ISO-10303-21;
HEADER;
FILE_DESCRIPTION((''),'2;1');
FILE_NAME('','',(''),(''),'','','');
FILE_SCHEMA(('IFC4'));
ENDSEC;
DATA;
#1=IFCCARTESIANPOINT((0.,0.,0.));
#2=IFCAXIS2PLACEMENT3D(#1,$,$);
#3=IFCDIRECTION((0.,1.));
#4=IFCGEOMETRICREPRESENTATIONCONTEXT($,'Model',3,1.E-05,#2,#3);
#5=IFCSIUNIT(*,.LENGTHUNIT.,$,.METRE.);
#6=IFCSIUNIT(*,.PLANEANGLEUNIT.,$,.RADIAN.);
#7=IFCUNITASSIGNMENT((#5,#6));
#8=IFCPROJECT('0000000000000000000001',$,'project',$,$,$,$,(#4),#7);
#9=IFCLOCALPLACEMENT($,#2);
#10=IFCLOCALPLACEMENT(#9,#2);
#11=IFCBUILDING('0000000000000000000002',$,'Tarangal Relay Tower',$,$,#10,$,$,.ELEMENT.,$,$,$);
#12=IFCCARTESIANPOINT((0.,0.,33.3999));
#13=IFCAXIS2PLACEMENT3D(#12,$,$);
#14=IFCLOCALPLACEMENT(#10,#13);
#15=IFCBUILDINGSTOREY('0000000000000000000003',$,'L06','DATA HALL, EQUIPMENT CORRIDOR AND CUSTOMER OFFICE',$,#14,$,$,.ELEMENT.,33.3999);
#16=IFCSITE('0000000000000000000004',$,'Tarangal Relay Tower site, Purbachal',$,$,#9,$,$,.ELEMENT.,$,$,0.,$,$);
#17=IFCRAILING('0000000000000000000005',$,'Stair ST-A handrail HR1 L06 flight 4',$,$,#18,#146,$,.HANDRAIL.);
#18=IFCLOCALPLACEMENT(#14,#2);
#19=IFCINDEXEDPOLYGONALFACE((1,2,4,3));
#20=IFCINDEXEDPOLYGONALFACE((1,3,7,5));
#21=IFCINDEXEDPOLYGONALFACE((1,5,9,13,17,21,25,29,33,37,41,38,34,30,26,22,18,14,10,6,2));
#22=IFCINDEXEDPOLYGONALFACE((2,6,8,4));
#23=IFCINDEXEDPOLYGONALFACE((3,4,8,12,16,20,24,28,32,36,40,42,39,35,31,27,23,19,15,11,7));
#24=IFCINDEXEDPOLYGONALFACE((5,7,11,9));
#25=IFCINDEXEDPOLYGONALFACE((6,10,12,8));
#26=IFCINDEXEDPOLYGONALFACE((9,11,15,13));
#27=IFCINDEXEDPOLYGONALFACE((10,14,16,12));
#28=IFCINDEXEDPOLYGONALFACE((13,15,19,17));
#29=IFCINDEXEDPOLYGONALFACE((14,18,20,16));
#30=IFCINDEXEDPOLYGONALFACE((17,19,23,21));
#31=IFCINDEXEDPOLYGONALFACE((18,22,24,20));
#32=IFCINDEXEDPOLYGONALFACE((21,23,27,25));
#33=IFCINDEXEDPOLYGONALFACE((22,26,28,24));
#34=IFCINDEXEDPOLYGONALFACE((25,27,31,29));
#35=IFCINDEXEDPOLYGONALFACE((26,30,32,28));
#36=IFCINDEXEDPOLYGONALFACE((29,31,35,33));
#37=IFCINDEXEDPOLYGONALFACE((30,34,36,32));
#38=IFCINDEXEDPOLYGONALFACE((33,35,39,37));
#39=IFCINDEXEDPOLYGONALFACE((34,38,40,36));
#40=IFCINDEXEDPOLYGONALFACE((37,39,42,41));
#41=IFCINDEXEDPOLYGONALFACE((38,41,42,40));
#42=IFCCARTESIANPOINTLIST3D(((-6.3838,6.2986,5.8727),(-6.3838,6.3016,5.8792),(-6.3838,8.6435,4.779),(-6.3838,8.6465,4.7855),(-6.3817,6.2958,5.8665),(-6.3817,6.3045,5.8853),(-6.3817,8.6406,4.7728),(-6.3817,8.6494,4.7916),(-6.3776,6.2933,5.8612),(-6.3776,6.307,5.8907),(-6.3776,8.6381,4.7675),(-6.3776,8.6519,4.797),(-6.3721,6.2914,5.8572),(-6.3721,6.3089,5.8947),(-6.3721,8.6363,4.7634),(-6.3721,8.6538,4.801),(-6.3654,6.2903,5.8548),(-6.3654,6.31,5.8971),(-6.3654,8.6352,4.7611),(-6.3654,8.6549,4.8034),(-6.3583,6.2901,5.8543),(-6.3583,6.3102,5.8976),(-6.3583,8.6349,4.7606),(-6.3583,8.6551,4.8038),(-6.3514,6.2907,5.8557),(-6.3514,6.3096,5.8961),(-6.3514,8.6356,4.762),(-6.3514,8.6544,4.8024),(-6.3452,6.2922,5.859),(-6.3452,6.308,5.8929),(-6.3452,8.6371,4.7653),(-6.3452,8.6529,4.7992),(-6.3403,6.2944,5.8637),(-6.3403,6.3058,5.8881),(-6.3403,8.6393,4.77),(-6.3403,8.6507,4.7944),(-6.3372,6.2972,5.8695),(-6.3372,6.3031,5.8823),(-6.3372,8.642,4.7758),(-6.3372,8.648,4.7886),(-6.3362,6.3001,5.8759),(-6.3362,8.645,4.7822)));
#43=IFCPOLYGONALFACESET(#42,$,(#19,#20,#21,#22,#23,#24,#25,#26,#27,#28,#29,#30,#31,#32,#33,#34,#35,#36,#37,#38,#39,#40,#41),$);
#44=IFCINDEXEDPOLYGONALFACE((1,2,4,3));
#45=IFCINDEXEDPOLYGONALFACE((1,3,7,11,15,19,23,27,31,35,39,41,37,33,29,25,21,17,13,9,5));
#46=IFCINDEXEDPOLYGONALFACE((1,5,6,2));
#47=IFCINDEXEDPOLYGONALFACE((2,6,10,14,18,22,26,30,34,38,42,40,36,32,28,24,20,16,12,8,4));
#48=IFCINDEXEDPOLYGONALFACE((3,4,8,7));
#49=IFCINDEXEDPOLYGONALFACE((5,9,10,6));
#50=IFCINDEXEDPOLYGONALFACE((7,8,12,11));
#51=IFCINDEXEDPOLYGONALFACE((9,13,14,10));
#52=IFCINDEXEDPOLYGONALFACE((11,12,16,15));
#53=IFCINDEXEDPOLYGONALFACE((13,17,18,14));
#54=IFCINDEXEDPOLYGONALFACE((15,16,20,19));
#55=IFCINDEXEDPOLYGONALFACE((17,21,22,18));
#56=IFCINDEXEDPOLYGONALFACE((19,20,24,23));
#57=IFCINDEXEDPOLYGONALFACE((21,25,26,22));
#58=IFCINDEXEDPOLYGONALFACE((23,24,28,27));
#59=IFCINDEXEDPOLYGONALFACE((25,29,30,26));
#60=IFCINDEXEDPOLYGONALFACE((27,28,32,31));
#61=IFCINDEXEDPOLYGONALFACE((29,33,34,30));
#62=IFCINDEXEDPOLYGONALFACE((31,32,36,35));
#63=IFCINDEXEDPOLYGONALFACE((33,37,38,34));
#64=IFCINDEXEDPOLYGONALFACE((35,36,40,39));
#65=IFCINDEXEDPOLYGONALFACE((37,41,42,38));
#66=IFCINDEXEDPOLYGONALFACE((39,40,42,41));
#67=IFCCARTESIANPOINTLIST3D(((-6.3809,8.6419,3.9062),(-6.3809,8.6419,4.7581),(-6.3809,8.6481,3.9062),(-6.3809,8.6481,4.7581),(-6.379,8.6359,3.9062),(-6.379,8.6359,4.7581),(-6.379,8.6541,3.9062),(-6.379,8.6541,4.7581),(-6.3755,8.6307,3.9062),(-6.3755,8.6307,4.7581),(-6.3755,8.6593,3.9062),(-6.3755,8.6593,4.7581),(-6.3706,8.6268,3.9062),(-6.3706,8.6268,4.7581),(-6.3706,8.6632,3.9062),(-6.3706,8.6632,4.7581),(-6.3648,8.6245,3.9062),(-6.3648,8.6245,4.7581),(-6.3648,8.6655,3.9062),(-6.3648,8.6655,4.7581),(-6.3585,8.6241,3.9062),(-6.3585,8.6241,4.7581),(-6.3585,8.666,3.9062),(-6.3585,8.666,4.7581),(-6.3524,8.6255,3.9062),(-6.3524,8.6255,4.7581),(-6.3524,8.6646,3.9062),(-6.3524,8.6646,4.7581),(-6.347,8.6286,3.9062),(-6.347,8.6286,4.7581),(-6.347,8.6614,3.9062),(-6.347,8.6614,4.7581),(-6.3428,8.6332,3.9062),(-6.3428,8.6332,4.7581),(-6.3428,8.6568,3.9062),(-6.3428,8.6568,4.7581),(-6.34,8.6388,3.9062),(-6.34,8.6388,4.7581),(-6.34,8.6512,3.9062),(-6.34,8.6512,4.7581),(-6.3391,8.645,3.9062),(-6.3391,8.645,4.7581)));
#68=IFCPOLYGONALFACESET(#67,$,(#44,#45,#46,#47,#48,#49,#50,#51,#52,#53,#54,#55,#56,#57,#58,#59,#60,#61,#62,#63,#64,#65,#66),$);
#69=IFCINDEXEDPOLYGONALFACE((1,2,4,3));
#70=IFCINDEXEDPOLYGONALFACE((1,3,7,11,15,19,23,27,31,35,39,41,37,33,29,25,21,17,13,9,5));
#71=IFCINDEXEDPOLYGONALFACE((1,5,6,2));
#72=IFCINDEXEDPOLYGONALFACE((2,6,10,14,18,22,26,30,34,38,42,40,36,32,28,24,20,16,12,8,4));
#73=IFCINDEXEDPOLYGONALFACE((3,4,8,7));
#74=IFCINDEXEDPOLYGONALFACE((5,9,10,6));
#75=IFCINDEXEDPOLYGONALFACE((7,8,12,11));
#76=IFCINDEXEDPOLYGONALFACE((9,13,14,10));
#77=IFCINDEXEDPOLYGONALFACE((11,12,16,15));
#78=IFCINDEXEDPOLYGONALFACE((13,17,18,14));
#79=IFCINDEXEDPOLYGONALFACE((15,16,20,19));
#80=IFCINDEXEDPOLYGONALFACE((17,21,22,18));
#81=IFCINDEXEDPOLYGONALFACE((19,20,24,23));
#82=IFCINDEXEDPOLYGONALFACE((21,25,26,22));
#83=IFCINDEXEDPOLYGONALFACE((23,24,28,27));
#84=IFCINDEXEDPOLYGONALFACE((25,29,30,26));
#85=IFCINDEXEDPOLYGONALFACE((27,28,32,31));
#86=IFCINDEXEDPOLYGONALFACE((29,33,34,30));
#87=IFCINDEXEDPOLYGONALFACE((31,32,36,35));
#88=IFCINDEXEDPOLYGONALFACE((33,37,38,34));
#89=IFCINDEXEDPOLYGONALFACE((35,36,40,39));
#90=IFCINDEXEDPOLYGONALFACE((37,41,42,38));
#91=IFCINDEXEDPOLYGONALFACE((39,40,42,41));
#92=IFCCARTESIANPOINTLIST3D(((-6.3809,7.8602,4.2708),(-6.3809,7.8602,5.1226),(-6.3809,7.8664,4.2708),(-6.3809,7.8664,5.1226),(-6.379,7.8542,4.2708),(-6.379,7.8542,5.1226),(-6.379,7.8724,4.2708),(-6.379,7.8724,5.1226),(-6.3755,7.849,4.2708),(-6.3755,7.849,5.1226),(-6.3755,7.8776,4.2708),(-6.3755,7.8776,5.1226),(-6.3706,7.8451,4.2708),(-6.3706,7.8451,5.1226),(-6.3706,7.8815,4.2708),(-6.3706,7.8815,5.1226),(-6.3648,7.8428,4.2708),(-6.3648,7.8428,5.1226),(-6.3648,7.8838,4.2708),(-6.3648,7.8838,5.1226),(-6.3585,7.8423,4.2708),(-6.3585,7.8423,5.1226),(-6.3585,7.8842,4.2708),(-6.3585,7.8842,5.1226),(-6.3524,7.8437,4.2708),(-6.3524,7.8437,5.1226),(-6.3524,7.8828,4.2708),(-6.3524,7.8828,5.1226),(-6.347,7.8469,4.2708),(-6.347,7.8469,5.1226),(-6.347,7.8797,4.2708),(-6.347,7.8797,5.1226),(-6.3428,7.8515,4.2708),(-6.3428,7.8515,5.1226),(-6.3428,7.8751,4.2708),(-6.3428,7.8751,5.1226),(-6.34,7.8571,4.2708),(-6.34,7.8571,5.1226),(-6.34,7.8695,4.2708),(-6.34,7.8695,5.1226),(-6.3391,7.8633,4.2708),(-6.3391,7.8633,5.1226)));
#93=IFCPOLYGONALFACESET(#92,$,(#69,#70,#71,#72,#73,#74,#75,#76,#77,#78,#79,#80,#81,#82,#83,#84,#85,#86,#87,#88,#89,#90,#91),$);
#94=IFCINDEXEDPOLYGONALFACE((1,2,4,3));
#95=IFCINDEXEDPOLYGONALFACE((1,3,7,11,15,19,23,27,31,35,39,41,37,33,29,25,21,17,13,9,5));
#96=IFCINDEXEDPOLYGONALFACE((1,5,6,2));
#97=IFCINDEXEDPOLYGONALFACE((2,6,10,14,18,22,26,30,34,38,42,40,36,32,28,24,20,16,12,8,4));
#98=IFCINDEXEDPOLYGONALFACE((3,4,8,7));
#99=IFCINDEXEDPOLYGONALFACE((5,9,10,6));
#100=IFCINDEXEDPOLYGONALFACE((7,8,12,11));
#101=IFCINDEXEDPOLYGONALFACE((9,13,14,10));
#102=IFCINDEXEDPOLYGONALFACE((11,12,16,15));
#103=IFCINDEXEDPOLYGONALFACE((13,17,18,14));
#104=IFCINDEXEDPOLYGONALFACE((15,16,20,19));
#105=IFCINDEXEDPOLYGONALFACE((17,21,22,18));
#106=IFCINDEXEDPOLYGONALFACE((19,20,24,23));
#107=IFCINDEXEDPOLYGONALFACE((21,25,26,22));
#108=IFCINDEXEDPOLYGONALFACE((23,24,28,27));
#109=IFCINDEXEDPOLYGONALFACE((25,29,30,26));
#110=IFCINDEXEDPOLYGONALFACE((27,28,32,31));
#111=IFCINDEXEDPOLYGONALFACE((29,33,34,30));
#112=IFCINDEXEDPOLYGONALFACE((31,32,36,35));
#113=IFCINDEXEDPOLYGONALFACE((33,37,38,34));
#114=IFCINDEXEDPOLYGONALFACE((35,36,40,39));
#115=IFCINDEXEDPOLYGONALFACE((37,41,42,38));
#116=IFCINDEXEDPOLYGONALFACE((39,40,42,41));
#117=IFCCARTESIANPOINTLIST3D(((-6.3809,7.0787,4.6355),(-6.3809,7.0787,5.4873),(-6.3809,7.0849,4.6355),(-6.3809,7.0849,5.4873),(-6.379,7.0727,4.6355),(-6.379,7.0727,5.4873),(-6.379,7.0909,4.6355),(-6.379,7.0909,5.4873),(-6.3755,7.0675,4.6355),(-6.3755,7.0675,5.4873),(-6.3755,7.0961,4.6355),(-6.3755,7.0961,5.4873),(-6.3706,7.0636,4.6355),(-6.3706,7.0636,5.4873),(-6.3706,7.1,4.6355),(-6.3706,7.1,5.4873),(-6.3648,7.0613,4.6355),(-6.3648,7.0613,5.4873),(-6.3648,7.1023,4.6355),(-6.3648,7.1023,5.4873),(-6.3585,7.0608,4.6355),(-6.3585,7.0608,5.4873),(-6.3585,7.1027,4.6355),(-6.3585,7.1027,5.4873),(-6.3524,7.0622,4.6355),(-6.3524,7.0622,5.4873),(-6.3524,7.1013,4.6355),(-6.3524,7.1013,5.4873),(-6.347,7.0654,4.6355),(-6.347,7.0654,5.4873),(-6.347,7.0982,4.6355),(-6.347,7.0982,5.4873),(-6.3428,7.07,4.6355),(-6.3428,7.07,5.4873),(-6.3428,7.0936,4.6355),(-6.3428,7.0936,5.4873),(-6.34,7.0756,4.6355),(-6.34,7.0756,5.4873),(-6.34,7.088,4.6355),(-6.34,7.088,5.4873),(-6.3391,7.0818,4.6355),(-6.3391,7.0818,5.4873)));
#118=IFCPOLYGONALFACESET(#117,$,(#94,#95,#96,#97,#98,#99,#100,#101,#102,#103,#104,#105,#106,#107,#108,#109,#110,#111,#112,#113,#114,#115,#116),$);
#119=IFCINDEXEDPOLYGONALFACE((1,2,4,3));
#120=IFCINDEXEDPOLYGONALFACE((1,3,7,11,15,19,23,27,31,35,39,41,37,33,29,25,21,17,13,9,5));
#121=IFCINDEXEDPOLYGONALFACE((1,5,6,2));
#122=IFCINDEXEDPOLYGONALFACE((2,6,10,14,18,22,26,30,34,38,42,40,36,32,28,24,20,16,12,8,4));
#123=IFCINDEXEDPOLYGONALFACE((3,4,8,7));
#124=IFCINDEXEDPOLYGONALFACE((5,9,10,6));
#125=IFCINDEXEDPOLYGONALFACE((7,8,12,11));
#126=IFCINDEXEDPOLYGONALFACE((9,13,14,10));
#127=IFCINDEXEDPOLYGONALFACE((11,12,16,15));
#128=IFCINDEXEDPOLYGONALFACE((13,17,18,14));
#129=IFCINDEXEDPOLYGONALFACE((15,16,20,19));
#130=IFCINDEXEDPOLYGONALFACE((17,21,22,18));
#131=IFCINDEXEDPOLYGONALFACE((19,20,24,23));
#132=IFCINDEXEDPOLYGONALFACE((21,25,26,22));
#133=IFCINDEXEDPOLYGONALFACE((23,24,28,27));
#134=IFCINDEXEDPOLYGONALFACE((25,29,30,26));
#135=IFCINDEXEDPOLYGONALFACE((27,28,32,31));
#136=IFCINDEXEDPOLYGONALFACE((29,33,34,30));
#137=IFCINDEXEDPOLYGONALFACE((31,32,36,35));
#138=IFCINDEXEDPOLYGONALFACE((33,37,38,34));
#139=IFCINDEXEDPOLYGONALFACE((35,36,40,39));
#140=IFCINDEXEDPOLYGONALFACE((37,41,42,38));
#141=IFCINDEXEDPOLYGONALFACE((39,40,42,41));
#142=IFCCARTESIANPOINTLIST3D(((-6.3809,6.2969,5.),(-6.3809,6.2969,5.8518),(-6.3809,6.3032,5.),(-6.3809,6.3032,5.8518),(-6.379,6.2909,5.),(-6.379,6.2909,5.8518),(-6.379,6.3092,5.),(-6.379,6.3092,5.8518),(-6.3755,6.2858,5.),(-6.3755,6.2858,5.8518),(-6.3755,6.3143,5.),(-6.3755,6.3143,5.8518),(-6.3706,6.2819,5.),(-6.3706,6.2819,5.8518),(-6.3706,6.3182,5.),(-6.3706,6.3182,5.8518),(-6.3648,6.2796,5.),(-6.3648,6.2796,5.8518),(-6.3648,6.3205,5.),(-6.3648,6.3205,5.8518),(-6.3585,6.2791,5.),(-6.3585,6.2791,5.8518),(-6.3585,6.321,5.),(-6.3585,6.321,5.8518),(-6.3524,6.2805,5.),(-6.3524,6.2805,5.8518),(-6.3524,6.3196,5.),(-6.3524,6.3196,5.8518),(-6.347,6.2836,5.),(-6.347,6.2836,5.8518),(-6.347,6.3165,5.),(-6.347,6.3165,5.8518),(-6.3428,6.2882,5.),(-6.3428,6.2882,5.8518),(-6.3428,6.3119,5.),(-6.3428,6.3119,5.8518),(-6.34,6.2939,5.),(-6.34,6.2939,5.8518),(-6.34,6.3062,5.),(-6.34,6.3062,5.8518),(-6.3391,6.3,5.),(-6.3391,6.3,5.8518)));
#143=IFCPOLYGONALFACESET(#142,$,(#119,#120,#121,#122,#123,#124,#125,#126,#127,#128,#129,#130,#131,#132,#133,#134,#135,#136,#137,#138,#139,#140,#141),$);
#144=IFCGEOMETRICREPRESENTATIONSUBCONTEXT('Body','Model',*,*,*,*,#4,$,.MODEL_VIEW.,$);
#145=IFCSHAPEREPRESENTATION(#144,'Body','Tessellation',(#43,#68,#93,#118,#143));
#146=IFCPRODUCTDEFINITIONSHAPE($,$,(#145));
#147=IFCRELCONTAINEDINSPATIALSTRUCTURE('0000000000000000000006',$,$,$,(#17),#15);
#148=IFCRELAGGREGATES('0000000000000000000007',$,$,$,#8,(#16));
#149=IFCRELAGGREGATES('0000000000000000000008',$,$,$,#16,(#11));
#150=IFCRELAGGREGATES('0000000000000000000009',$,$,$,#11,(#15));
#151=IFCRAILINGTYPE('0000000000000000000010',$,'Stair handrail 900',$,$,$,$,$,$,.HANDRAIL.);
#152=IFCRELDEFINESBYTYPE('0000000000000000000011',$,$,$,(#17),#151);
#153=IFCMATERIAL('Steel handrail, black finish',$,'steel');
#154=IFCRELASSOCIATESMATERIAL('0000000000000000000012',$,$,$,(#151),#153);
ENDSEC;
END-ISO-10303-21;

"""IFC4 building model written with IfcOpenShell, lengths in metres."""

from ifc_helpers import new_model, si_unit, direction, frame, origin, origin_2d, place, context, subcontext, project, spatial, circle, extrude, material, type_object, element, save


model = new_model("IFC4")

# Units and contexts
model_context = context("Model", 3, precision=1e-05, world=origin(), true_north=direction((0.0, 1.0)))
body_context = subcontext(model_context, "Body", "Model", "MODEL_VIEW")
ifc_project = project(units=[si_unit("LENGTHUNIT", "METRE"), si_unit("PLANEANGLEUNIT", "RADIAN")], contexts=[model_context])

# Site, building, storey
site_placement = place(None, origin())
site = spatial("IfcSite", under=ifc_project, at=site_placement, Name="Tarangal Relay Tower site, Purbachal", CompositionType="ELEMENT", RefElevation=0.0)
building_placement = place(site_placement, origin())
building = spatial("IfcBuilding", under=site, at=building_placement, Name="Tarangal Relay Tower", CompositionType="ELEMENT")
storey_placement = place(building_placement, frame((0.0, 0.0, 33.3999)))
storey = spatial("IfcBuildingStorey", under=building, at=storey_placement, Name="L06", Description="DATA HALL, EQUIPMENT CORRIDOR AND CUSTOMER OFFICE", CompositionType="ELEMENT", Elevation=33.3999)

# Railing
ifc_material_1 = material(Name="Steel handrail, black finish", Category="steel")
railing_type_1 = type_object("IfcRailingType", Name="Stair handrail 900", PredefinedType="HANDRAIL", material=ifc_material_1)
for number, where, name in (
    (1, (-6.3601, 8.645, 3.9062), "Stair ST-A handrail HR1 L06 flight 4"),
):
    element("IfcRailing", number, at=place(storey_placement, frame(where)), inside=storey, type_object=railing_type_1, Name=name, PredefinedType="HANDRAIL", context=body_context, shape_type="SweptSolid", body=[
        extrude(circle(Radius=0.0239, at=origin_2d()), frame((0.0, 0.0, 0.876), z_axis=(0.0, -0.906267, 0.422705), x_axis=(1.0, 0.0, 0.0)), (0.0, 0.0, 1.0), 2.5874),
        extrude(circle(Radius=0.021, at=origin_2d()), origin(), (0.0, 0.0, 1.0), 0.8518),
        extrude(circle(Radius=0.021, at=origin_2d()), frame((0.0, -0.7817, 0.3645)), (0.0, 0.0, 1.0), 0.8518),
        extrude(circle(Radius=0.021, at=origin_2d()), frame((0.0, -1.5632, 0.7292)), (0.0, 0.0, 1.0), 0.8518),
        extrude(circle(Radius=0.021, at=origin_2d()), frame((0.0, -2.345, 1.0938)), (0.0, 0.0, 1.0), 0.8518),
    ])

save(model, "model.ifc")
